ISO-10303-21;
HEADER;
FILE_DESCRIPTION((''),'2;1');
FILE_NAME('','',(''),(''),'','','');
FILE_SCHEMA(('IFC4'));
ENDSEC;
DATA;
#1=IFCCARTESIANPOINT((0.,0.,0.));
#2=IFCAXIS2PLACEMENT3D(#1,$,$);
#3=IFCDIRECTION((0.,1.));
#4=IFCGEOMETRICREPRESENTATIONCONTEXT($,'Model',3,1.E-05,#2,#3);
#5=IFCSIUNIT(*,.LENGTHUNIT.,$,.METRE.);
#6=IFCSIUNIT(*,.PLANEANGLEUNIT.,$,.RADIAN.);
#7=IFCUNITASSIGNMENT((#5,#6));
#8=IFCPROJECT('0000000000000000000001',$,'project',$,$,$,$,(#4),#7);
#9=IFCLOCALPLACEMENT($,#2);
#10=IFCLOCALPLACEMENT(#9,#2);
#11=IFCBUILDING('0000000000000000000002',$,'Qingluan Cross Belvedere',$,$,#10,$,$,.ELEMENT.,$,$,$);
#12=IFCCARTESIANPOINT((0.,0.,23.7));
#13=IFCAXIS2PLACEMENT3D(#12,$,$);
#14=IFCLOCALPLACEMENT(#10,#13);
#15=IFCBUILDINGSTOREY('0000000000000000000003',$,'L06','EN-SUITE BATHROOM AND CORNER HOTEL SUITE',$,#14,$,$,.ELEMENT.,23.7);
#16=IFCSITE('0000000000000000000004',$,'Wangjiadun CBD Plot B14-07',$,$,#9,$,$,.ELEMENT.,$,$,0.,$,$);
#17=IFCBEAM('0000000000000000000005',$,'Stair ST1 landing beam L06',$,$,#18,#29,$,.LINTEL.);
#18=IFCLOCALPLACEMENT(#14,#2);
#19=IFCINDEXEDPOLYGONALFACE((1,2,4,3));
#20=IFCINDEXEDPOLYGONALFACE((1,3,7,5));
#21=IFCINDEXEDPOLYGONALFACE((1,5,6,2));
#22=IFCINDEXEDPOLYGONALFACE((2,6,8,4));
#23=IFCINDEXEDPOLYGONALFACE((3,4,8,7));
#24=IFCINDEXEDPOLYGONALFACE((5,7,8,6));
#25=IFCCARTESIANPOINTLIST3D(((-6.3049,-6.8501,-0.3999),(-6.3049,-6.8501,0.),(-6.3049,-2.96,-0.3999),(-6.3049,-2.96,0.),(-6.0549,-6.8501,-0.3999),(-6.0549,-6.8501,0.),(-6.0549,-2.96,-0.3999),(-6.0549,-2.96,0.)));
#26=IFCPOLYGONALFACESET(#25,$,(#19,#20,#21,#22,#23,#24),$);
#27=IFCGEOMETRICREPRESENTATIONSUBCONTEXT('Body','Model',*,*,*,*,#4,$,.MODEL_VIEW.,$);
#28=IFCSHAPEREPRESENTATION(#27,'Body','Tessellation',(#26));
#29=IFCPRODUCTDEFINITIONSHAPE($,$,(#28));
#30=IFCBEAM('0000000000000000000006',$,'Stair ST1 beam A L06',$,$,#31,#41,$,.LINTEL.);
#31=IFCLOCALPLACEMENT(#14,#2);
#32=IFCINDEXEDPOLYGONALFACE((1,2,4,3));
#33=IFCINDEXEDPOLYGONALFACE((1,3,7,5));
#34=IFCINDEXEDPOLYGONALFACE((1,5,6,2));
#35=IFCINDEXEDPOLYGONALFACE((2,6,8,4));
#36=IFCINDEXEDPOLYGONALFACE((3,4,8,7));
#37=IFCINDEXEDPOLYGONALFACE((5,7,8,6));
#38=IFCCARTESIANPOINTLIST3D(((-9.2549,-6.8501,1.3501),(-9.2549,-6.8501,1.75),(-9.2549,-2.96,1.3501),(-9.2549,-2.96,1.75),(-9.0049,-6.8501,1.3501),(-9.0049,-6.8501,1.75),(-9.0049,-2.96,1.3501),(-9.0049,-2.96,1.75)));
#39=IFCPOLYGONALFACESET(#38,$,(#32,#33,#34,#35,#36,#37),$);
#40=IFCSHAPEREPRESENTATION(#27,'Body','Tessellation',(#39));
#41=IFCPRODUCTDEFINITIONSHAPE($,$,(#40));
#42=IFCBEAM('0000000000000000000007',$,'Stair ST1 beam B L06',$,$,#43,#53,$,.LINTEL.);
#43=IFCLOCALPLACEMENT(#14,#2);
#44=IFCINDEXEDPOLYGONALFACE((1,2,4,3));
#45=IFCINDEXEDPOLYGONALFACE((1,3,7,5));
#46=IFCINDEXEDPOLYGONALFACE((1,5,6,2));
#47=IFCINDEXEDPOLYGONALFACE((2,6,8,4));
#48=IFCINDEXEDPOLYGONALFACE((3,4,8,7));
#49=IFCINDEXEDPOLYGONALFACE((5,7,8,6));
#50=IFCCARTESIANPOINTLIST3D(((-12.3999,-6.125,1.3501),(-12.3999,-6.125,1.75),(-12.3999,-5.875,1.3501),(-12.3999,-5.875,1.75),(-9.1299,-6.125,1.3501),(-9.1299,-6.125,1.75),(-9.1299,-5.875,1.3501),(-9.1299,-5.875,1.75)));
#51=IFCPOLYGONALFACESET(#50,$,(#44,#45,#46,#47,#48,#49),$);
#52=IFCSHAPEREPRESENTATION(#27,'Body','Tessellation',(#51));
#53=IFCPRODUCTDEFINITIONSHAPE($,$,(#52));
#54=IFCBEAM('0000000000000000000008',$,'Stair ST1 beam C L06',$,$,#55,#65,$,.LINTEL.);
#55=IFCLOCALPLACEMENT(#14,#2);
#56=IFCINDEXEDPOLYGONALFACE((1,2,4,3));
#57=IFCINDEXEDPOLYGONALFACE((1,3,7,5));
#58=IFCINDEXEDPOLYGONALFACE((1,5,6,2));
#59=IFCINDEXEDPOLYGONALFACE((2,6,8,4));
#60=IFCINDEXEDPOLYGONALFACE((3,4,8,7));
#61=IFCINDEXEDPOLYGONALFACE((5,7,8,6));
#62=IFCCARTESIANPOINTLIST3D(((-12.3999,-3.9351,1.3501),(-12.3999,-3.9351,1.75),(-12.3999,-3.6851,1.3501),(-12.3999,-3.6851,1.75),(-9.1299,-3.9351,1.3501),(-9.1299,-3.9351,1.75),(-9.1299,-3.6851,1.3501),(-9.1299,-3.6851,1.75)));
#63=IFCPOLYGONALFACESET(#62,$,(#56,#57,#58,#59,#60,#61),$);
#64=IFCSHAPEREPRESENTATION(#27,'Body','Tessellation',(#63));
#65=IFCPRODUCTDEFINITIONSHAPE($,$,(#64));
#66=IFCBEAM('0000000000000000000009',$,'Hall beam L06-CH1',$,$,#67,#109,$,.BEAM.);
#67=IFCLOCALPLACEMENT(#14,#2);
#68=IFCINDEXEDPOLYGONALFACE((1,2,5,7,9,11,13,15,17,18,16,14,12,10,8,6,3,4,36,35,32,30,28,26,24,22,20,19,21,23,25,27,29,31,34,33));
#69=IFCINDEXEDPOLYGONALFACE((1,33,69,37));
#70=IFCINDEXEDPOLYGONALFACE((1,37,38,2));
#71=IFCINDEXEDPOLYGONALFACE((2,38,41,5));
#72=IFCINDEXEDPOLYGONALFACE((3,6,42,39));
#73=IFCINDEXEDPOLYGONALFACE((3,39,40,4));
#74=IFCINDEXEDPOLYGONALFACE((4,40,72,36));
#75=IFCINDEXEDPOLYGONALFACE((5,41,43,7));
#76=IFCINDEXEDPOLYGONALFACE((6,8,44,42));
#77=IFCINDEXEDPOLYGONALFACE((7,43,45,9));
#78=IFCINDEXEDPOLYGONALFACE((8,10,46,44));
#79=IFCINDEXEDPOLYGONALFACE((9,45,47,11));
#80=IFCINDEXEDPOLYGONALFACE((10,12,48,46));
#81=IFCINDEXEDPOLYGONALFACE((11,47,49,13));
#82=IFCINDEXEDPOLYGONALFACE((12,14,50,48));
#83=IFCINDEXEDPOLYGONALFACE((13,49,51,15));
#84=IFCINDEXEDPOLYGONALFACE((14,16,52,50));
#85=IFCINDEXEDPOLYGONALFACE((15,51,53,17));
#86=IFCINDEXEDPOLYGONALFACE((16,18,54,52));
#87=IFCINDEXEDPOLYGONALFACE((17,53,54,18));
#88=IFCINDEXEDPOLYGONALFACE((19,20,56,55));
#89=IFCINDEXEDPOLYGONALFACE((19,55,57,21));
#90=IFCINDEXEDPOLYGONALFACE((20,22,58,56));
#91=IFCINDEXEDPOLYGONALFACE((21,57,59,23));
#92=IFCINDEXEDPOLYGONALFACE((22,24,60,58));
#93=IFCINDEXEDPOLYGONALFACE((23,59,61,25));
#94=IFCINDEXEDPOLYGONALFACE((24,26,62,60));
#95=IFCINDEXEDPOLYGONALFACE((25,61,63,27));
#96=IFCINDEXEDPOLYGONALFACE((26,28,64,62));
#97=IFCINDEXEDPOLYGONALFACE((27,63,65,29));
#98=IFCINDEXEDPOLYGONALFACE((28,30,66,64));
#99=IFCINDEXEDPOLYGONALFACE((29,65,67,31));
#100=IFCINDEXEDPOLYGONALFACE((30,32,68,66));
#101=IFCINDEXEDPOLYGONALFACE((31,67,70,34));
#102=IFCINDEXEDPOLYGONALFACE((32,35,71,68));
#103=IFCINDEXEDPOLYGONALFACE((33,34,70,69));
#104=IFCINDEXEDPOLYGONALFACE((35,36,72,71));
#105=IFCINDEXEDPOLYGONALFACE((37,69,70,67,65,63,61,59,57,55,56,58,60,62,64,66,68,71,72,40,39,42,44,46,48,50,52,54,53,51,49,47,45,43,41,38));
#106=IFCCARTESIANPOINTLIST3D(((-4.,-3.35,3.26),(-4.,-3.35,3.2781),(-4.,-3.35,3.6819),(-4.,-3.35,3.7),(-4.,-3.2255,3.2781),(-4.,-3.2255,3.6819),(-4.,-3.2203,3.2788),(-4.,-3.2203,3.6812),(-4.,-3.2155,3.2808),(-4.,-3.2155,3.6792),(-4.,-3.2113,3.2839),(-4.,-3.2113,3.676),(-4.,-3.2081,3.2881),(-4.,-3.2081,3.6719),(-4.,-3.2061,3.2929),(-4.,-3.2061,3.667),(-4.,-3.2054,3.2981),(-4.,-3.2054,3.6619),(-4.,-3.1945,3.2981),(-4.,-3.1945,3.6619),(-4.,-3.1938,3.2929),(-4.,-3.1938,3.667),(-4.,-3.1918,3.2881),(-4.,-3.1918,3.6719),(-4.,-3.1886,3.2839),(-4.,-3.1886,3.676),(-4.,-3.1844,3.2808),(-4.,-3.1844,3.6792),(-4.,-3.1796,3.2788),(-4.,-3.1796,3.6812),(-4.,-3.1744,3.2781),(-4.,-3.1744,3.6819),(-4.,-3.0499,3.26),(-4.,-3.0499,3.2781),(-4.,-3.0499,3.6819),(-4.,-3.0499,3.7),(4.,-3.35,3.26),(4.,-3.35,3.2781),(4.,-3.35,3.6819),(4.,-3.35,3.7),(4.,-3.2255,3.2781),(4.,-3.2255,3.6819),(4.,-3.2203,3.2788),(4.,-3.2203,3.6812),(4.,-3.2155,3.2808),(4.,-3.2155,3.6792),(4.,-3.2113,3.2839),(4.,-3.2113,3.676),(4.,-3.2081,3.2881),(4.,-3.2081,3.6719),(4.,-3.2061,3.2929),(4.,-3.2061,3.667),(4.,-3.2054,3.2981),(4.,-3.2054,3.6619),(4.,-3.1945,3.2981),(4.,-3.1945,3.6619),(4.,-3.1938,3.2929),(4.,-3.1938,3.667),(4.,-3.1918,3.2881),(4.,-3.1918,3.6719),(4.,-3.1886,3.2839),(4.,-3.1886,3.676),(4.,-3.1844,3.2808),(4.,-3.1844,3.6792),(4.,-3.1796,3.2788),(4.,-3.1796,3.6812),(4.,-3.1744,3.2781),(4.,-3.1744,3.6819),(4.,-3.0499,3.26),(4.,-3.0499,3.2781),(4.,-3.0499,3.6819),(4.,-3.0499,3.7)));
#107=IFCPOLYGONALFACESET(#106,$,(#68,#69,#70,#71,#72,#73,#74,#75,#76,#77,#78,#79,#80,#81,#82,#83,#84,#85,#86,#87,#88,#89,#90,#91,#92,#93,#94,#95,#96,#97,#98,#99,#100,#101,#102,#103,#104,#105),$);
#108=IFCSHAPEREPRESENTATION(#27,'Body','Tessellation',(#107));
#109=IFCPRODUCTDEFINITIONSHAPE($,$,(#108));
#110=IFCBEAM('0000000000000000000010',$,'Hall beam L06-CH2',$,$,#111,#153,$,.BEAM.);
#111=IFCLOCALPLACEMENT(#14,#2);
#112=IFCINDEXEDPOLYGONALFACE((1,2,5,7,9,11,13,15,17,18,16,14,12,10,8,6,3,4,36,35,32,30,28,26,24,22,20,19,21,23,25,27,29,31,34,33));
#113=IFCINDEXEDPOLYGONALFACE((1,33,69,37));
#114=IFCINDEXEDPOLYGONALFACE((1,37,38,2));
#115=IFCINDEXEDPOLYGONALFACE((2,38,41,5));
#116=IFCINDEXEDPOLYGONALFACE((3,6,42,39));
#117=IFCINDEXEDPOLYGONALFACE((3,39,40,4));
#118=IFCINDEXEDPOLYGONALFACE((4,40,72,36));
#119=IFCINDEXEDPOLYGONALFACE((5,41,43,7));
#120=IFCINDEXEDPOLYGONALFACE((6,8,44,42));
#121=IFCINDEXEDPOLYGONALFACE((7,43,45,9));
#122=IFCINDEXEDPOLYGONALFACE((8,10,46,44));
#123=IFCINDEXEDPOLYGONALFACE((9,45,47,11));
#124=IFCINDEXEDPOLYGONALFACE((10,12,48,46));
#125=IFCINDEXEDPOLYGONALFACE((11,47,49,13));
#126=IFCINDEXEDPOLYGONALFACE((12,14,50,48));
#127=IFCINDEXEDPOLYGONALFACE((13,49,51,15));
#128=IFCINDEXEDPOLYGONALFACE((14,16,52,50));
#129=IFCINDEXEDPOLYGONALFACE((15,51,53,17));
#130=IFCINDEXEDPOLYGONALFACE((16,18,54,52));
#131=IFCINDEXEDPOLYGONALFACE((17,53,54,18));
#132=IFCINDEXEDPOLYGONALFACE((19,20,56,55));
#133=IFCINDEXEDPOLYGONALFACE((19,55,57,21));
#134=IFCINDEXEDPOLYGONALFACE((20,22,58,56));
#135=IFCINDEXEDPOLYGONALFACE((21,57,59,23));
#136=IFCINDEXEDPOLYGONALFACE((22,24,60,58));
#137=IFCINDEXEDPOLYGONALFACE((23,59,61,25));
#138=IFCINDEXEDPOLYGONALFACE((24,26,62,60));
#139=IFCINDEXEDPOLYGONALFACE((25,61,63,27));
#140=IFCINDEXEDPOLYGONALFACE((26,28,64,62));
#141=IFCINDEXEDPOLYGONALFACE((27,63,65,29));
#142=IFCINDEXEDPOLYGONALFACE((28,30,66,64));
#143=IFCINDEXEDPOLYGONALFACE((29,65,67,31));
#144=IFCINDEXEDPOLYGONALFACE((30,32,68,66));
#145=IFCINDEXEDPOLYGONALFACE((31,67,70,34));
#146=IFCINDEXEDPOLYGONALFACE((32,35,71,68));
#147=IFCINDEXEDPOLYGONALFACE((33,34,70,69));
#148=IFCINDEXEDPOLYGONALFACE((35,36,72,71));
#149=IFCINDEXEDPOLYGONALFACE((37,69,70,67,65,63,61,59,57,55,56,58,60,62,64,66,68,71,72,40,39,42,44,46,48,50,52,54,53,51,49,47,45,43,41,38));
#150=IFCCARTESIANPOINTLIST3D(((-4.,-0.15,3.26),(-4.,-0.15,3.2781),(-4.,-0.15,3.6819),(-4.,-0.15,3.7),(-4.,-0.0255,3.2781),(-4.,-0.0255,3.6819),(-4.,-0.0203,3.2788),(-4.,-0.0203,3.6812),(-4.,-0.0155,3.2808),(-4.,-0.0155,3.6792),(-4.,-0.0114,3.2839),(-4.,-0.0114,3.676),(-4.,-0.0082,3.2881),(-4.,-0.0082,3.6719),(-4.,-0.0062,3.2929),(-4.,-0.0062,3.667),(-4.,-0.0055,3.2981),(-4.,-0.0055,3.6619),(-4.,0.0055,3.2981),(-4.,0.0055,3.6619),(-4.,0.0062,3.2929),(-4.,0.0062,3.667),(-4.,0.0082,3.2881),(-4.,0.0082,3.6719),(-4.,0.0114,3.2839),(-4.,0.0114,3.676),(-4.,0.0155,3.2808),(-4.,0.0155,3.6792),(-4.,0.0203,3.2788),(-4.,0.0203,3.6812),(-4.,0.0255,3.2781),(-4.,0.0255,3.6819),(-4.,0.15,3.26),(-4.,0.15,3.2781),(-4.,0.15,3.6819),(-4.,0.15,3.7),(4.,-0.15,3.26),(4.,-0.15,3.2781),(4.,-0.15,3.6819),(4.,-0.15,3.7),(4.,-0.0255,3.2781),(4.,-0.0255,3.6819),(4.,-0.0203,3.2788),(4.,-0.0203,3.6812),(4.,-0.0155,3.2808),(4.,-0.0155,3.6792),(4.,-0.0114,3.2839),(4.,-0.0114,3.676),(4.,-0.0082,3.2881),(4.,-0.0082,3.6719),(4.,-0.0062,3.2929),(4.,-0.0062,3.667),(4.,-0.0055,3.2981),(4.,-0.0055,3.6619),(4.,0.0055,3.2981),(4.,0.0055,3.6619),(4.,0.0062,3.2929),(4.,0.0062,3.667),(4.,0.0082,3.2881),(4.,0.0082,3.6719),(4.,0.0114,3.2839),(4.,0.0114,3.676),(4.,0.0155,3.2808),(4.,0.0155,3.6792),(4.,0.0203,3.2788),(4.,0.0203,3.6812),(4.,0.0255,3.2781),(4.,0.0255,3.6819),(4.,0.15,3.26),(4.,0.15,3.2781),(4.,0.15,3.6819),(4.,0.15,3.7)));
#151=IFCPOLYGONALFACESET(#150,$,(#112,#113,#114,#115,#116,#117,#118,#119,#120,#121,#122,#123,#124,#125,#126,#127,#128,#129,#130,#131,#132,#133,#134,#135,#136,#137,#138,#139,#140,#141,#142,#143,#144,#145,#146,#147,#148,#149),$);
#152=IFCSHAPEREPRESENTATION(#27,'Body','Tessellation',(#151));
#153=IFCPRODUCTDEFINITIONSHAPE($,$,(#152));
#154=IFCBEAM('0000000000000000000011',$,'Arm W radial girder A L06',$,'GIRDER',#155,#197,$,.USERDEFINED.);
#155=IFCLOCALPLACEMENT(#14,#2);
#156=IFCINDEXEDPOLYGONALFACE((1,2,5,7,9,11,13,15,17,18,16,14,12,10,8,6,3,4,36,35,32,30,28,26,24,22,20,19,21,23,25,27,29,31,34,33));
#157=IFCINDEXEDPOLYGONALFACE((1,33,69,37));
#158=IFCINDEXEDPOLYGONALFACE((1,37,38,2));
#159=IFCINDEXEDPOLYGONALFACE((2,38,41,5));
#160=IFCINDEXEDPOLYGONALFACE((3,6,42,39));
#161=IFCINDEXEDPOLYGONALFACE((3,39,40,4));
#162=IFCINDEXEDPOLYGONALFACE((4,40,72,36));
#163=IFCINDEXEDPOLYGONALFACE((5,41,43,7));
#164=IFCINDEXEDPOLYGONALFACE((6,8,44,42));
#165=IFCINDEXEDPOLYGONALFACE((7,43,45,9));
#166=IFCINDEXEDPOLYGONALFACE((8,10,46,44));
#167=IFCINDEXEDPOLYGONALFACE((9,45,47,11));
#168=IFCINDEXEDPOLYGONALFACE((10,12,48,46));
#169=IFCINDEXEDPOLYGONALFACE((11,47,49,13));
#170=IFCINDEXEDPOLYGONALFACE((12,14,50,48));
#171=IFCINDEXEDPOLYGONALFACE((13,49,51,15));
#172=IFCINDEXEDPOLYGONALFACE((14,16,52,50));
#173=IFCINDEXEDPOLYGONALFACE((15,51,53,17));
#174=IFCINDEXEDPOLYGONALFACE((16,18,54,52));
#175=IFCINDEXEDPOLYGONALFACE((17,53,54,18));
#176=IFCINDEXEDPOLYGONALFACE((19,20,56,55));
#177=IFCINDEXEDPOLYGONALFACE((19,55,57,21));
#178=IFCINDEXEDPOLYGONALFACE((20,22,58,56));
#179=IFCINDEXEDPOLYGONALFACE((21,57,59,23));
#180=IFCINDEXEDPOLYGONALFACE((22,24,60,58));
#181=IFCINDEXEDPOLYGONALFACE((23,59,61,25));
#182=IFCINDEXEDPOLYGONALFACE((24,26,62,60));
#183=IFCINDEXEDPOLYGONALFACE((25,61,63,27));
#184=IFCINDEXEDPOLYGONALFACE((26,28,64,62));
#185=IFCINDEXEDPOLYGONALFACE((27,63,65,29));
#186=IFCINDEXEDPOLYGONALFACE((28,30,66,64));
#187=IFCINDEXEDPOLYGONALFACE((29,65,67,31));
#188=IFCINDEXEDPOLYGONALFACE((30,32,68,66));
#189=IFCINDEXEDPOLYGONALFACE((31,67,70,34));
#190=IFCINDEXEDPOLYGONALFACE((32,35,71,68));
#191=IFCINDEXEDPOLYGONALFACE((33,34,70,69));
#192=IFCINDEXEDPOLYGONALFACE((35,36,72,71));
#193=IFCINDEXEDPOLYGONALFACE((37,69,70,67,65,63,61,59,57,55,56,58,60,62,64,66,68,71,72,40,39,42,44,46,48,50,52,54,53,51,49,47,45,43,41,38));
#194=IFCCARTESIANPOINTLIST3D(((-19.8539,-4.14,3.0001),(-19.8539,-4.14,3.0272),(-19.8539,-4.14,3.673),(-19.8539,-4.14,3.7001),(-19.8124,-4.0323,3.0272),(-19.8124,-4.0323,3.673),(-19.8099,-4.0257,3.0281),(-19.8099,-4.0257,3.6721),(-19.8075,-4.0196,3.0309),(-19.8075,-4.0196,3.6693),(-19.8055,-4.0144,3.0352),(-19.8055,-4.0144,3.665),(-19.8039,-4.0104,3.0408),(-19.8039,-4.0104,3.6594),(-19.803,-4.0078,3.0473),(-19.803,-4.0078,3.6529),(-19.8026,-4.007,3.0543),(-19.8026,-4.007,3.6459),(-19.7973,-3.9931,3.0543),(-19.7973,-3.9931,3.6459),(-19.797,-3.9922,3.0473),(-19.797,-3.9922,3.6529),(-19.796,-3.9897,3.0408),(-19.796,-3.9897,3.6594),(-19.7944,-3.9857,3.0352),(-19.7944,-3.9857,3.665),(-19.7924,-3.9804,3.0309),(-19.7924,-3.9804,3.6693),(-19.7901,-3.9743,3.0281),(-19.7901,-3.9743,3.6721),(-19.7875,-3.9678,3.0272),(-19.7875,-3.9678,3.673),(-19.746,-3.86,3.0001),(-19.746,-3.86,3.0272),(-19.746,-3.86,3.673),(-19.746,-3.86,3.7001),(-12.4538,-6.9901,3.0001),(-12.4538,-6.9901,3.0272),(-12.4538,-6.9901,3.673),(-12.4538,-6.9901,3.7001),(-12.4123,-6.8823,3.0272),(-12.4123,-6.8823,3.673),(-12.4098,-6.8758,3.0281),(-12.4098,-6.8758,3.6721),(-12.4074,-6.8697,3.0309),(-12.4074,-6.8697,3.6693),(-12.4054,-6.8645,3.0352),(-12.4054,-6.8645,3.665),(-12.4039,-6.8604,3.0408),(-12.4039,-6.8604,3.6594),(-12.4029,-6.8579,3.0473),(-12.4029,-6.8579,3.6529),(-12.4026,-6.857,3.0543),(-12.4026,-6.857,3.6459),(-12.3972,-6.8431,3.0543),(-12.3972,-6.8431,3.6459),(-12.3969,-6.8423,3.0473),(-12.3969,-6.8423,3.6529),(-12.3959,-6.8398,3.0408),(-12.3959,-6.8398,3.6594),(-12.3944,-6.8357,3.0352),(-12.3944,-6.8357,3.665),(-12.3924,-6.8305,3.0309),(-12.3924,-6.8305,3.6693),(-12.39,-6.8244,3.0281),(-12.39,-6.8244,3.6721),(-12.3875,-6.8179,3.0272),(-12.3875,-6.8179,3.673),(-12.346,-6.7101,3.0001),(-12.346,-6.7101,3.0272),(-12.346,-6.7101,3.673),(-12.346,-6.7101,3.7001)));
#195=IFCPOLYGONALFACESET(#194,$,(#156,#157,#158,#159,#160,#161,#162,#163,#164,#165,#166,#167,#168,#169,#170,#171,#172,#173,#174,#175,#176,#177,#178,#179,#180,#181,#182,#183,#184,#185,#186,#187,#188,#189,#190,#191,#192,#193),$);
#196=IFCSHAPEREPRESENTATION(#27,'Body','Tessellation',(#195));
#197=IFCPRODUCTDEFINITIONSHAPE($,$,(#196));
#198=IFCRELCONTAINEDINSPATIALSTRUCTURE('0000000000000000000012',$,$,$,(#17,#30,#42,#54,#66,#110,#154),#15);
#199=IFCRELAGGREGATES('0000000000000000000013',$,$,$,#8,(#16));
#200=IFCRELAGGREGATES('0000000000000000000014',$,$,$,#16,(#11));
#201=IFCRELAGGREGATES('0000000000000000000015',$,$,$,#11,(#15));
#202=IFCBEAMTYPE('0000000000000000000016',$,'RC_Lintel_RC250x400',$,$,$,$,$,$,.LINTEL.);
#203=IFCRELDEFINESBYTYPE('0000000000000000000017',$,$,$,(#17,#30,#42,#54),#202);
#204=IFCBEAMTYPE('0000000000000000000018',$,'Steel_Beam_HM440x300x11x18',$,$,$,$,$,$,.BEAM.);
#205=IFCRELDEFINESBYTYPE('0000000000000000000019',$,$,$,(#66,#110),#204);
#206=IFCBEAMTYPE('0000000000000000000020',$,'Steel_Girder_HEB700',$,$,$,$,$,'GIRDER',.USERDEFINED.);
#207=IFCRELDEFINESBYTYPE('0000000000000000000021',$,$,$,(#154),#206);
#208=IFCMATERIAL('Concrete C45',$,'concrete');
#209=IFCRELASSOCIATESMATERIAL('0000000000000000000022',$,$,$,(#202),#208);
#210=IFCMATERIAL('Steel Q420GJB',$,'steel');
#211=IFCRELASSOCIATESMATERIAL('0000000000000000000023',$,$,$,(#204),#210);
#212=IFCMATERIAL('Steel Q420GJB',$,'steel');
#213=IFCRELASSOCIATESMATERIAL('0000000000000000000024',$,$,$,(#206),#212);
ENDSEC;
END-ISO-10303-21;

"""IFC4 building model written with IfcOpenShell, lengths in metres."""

from ifc_helpers import new_model, si_unit, direction, frame, origin, origin_2d, place, context, subcontext, project, spatial, rectangle, i_section, extrude, material, material_profile, profile_set, type_object, element, save


model = new_model("IFC4")

# Units and contexts
model_context = context("Model", 3, precision=1e-05, world=origin(), true_north=direction((0.0, 1.0)))
body_context = subcontext(model_context, "Body", "Model", "MODEL_VIEW")
ifc_project = project(units=[si_unit("LENGTHUNIT", "METRE"), si_unit("PLANEANGLEUNIT", "RADIAN")], contexts=[model_context])

# Site, building, storey
site_placement = place(None, origin())
site = spatial("IfcSite", under=ifc_project, at=site_placement, Name="Wangjiadun CBD Plot B14-07", CompositionType="ELEMENT", RefElevation=0.0)
building_placement = place(site_placement, origin())
building = spatial("IfcBuilding", under=site, at=building_placement, Name="Qingluan Cross Belvedere", CompositionType="ELEMENT")
storey_placement = place(building_placement, frame((0.0, 0.0, 23.7)))
storey = spatial("IfcBuildingStorey", under=building, at=storey_placement, Name="L06", Description="EN-SUITE BATHROOM AND CORNER HOTEL SUITE", CompositionType="ELEMENT", Elevation=23.7)

# Beams
ifc_material_1 = material(Name="Concrete C45", Category="concrete")
ifc_material_profile_1 = material_profile(ifc_material_1, rectangle(XDim=0.25, YDim=0.3999, at=origin_2d()), Name="RC250x400")
ifc_profile_set_1 = profile_set([ifc_material_profile_1], Name="Concrete C45")
beam_type_1 = type_object("IfcBeamType", Name="RC_Lintel_RC250x400", PredefinedType="LINTEL", material=ifc_profile_set_1)
for number, where, z_axis, x_axis, name in (
    (1, (-6.1799, -6.8501, -0.2), (0.0, 1.0, 0.0), (-1.0, 0.0, 0.0), "Stair ST1 landing beam L06"),
    (2, (-9.1299, -6.8501, 1.55), (0.0, 1.0, 0.0), (-1.0, 0.0, 0.0), "Stair ST1 beam A L06"),
):
    element("IfcBeam", number, at=place(storey_placement, frame(where, z_axis=z_axis, x_axis=x_axis)), inside=storey, type_object=beam_type_1, Name=name, PredefinedType="LINTEL", context=body_context, shape_type="SweptSolid", body=[
        extrude(rectangle(XDim=0.25, YDim=0.3999, at=origin_2d()), origin(), (0.0, 0.0, 1.0), 3.8901),
    ])
for number, where, z_axis, x_axis, name in (
    (3, (-12.3999, -6.0, 1.55), (1.0, 0.0, 0.0), (0.0, 1.0, 0.0), "Stair ST1 beam B L06"),
    (4, (-12.3999, -3.8101, 1.55), (1.0, 0.0, 0.0), (0.0, 1.0, 0.0), "Stair ST1 beam C L06"),
):
    element("IfcBeam", number, at=place(storey_placement, frame(where, z_axis=z_axis, x_axis=x_axis)), inside=storey, type_object=beam_type_1, Name=name, PredefinedType="LINTEL", context=body_context, shape_type="SweptSolid", body=[
        extrude(rectangle(XDim=0.25, YDim=0.3999, at=origin_2d()), origin(), (0.0, 0.0, 1.0), 3.27),
    ])
ifc_material_2 = material(Name="Steel Q420GJB", Category="steel")
ifc_material_profile_2 = material_profile(ifc_material_2, i_section(OverallWidth=0.3, OverallDepth=0.4399, WebThickness=0.011, FlangeThickness=0.0181, FilletRadius=0.02, at=origin_2d()), Name="HM440x300x11x18")
ifc_profile_set_2 = profile_set([ifc_material_profile_2], Name="Steel Q420GJB")
beam_type_2 = type_object("IfcBeamType", Name="Steel_Beam_HM440x300x11x18", PredefinedType="BEAM", material=ifc_profile_set_2)
for number, where, z_axis, x_axis, name in (
    (5, (-4.0, -3.2, 3.48), (1.0, 0.0, 0.0), (0.0, 1.0, 0.0), "Hall beam L06-CH1"),
    (6, (-4.0, 0.0, 3.48), (1.0, 0.0, 0.0), (0.0, 1.0, 0.0), "Hall beam L06-CH2"),
):
    element("IfcBeam", number, at=place(storey_placement, frame(where, z_axis=z_axis, x_axis=x_axis)), inside=storey, type_object=beam_type_2, Name=name, PredefinedType="BEAM", context=body_context, shape_type="SweptSolid", body=[
        extrude(i_section(OverallWidth=0.3, OverallDepth=0.4399, WebThickness=0.011, FlangeThickness=0.0181, FilletRadius=0.02, at=origin_2d()), origin(), (0.0, 0.0, 1.0), 8.0),
    ])
ifc_material_3 = material(Name="Steel Q420GJB", Category="steel")
ifc_material_profile_3 = material_profile(ifc_material_3, i_section(OverallWidth=0.3, OverallDepth=0.7, WebThickness=0.0149, FlangeThickness=0.0271, FilletRadius=0.0271, at=origin_2d()), Name="HEB700")
ifc_profile_set_3 = profile_set([ifc_material_profile_3], Name="Steel Q420GJB")
beam_type_3 = type_object("IfcBeamType", Name="Steel_Girder_HEB700", ElementType="GIRDER", PredefinedType="USERDEFINED", material=ifc_profile_set_3)
beam_placement = place(storey_placement, frame((-12.3999, -6.8501, 3.3501), z_axis=(-0.933181, 0.359406, 0.0), x_axis=(-0.359406, -0.933181, 0.0)))
element("IfcBeam", 7, at=beam_placement, inside=storey, type_object=beam_type_3, Name="Arm W radial girder A L06", ObjectType="GIRDER", PredefinedType="USERDEFINED", context=body_context, shape_type="SweptSolid", body=[
    extrude(i_section(OverallWidth=0.3, OverallDepth=0.7, WebThickness=0.0149, FlangeThickness=0.0271, FilletRadius=0.0271, at=origin_2d()), origin(), (0.0, 0.0, 1.0), 7.9299),
])

save(model, "model.ifc")
